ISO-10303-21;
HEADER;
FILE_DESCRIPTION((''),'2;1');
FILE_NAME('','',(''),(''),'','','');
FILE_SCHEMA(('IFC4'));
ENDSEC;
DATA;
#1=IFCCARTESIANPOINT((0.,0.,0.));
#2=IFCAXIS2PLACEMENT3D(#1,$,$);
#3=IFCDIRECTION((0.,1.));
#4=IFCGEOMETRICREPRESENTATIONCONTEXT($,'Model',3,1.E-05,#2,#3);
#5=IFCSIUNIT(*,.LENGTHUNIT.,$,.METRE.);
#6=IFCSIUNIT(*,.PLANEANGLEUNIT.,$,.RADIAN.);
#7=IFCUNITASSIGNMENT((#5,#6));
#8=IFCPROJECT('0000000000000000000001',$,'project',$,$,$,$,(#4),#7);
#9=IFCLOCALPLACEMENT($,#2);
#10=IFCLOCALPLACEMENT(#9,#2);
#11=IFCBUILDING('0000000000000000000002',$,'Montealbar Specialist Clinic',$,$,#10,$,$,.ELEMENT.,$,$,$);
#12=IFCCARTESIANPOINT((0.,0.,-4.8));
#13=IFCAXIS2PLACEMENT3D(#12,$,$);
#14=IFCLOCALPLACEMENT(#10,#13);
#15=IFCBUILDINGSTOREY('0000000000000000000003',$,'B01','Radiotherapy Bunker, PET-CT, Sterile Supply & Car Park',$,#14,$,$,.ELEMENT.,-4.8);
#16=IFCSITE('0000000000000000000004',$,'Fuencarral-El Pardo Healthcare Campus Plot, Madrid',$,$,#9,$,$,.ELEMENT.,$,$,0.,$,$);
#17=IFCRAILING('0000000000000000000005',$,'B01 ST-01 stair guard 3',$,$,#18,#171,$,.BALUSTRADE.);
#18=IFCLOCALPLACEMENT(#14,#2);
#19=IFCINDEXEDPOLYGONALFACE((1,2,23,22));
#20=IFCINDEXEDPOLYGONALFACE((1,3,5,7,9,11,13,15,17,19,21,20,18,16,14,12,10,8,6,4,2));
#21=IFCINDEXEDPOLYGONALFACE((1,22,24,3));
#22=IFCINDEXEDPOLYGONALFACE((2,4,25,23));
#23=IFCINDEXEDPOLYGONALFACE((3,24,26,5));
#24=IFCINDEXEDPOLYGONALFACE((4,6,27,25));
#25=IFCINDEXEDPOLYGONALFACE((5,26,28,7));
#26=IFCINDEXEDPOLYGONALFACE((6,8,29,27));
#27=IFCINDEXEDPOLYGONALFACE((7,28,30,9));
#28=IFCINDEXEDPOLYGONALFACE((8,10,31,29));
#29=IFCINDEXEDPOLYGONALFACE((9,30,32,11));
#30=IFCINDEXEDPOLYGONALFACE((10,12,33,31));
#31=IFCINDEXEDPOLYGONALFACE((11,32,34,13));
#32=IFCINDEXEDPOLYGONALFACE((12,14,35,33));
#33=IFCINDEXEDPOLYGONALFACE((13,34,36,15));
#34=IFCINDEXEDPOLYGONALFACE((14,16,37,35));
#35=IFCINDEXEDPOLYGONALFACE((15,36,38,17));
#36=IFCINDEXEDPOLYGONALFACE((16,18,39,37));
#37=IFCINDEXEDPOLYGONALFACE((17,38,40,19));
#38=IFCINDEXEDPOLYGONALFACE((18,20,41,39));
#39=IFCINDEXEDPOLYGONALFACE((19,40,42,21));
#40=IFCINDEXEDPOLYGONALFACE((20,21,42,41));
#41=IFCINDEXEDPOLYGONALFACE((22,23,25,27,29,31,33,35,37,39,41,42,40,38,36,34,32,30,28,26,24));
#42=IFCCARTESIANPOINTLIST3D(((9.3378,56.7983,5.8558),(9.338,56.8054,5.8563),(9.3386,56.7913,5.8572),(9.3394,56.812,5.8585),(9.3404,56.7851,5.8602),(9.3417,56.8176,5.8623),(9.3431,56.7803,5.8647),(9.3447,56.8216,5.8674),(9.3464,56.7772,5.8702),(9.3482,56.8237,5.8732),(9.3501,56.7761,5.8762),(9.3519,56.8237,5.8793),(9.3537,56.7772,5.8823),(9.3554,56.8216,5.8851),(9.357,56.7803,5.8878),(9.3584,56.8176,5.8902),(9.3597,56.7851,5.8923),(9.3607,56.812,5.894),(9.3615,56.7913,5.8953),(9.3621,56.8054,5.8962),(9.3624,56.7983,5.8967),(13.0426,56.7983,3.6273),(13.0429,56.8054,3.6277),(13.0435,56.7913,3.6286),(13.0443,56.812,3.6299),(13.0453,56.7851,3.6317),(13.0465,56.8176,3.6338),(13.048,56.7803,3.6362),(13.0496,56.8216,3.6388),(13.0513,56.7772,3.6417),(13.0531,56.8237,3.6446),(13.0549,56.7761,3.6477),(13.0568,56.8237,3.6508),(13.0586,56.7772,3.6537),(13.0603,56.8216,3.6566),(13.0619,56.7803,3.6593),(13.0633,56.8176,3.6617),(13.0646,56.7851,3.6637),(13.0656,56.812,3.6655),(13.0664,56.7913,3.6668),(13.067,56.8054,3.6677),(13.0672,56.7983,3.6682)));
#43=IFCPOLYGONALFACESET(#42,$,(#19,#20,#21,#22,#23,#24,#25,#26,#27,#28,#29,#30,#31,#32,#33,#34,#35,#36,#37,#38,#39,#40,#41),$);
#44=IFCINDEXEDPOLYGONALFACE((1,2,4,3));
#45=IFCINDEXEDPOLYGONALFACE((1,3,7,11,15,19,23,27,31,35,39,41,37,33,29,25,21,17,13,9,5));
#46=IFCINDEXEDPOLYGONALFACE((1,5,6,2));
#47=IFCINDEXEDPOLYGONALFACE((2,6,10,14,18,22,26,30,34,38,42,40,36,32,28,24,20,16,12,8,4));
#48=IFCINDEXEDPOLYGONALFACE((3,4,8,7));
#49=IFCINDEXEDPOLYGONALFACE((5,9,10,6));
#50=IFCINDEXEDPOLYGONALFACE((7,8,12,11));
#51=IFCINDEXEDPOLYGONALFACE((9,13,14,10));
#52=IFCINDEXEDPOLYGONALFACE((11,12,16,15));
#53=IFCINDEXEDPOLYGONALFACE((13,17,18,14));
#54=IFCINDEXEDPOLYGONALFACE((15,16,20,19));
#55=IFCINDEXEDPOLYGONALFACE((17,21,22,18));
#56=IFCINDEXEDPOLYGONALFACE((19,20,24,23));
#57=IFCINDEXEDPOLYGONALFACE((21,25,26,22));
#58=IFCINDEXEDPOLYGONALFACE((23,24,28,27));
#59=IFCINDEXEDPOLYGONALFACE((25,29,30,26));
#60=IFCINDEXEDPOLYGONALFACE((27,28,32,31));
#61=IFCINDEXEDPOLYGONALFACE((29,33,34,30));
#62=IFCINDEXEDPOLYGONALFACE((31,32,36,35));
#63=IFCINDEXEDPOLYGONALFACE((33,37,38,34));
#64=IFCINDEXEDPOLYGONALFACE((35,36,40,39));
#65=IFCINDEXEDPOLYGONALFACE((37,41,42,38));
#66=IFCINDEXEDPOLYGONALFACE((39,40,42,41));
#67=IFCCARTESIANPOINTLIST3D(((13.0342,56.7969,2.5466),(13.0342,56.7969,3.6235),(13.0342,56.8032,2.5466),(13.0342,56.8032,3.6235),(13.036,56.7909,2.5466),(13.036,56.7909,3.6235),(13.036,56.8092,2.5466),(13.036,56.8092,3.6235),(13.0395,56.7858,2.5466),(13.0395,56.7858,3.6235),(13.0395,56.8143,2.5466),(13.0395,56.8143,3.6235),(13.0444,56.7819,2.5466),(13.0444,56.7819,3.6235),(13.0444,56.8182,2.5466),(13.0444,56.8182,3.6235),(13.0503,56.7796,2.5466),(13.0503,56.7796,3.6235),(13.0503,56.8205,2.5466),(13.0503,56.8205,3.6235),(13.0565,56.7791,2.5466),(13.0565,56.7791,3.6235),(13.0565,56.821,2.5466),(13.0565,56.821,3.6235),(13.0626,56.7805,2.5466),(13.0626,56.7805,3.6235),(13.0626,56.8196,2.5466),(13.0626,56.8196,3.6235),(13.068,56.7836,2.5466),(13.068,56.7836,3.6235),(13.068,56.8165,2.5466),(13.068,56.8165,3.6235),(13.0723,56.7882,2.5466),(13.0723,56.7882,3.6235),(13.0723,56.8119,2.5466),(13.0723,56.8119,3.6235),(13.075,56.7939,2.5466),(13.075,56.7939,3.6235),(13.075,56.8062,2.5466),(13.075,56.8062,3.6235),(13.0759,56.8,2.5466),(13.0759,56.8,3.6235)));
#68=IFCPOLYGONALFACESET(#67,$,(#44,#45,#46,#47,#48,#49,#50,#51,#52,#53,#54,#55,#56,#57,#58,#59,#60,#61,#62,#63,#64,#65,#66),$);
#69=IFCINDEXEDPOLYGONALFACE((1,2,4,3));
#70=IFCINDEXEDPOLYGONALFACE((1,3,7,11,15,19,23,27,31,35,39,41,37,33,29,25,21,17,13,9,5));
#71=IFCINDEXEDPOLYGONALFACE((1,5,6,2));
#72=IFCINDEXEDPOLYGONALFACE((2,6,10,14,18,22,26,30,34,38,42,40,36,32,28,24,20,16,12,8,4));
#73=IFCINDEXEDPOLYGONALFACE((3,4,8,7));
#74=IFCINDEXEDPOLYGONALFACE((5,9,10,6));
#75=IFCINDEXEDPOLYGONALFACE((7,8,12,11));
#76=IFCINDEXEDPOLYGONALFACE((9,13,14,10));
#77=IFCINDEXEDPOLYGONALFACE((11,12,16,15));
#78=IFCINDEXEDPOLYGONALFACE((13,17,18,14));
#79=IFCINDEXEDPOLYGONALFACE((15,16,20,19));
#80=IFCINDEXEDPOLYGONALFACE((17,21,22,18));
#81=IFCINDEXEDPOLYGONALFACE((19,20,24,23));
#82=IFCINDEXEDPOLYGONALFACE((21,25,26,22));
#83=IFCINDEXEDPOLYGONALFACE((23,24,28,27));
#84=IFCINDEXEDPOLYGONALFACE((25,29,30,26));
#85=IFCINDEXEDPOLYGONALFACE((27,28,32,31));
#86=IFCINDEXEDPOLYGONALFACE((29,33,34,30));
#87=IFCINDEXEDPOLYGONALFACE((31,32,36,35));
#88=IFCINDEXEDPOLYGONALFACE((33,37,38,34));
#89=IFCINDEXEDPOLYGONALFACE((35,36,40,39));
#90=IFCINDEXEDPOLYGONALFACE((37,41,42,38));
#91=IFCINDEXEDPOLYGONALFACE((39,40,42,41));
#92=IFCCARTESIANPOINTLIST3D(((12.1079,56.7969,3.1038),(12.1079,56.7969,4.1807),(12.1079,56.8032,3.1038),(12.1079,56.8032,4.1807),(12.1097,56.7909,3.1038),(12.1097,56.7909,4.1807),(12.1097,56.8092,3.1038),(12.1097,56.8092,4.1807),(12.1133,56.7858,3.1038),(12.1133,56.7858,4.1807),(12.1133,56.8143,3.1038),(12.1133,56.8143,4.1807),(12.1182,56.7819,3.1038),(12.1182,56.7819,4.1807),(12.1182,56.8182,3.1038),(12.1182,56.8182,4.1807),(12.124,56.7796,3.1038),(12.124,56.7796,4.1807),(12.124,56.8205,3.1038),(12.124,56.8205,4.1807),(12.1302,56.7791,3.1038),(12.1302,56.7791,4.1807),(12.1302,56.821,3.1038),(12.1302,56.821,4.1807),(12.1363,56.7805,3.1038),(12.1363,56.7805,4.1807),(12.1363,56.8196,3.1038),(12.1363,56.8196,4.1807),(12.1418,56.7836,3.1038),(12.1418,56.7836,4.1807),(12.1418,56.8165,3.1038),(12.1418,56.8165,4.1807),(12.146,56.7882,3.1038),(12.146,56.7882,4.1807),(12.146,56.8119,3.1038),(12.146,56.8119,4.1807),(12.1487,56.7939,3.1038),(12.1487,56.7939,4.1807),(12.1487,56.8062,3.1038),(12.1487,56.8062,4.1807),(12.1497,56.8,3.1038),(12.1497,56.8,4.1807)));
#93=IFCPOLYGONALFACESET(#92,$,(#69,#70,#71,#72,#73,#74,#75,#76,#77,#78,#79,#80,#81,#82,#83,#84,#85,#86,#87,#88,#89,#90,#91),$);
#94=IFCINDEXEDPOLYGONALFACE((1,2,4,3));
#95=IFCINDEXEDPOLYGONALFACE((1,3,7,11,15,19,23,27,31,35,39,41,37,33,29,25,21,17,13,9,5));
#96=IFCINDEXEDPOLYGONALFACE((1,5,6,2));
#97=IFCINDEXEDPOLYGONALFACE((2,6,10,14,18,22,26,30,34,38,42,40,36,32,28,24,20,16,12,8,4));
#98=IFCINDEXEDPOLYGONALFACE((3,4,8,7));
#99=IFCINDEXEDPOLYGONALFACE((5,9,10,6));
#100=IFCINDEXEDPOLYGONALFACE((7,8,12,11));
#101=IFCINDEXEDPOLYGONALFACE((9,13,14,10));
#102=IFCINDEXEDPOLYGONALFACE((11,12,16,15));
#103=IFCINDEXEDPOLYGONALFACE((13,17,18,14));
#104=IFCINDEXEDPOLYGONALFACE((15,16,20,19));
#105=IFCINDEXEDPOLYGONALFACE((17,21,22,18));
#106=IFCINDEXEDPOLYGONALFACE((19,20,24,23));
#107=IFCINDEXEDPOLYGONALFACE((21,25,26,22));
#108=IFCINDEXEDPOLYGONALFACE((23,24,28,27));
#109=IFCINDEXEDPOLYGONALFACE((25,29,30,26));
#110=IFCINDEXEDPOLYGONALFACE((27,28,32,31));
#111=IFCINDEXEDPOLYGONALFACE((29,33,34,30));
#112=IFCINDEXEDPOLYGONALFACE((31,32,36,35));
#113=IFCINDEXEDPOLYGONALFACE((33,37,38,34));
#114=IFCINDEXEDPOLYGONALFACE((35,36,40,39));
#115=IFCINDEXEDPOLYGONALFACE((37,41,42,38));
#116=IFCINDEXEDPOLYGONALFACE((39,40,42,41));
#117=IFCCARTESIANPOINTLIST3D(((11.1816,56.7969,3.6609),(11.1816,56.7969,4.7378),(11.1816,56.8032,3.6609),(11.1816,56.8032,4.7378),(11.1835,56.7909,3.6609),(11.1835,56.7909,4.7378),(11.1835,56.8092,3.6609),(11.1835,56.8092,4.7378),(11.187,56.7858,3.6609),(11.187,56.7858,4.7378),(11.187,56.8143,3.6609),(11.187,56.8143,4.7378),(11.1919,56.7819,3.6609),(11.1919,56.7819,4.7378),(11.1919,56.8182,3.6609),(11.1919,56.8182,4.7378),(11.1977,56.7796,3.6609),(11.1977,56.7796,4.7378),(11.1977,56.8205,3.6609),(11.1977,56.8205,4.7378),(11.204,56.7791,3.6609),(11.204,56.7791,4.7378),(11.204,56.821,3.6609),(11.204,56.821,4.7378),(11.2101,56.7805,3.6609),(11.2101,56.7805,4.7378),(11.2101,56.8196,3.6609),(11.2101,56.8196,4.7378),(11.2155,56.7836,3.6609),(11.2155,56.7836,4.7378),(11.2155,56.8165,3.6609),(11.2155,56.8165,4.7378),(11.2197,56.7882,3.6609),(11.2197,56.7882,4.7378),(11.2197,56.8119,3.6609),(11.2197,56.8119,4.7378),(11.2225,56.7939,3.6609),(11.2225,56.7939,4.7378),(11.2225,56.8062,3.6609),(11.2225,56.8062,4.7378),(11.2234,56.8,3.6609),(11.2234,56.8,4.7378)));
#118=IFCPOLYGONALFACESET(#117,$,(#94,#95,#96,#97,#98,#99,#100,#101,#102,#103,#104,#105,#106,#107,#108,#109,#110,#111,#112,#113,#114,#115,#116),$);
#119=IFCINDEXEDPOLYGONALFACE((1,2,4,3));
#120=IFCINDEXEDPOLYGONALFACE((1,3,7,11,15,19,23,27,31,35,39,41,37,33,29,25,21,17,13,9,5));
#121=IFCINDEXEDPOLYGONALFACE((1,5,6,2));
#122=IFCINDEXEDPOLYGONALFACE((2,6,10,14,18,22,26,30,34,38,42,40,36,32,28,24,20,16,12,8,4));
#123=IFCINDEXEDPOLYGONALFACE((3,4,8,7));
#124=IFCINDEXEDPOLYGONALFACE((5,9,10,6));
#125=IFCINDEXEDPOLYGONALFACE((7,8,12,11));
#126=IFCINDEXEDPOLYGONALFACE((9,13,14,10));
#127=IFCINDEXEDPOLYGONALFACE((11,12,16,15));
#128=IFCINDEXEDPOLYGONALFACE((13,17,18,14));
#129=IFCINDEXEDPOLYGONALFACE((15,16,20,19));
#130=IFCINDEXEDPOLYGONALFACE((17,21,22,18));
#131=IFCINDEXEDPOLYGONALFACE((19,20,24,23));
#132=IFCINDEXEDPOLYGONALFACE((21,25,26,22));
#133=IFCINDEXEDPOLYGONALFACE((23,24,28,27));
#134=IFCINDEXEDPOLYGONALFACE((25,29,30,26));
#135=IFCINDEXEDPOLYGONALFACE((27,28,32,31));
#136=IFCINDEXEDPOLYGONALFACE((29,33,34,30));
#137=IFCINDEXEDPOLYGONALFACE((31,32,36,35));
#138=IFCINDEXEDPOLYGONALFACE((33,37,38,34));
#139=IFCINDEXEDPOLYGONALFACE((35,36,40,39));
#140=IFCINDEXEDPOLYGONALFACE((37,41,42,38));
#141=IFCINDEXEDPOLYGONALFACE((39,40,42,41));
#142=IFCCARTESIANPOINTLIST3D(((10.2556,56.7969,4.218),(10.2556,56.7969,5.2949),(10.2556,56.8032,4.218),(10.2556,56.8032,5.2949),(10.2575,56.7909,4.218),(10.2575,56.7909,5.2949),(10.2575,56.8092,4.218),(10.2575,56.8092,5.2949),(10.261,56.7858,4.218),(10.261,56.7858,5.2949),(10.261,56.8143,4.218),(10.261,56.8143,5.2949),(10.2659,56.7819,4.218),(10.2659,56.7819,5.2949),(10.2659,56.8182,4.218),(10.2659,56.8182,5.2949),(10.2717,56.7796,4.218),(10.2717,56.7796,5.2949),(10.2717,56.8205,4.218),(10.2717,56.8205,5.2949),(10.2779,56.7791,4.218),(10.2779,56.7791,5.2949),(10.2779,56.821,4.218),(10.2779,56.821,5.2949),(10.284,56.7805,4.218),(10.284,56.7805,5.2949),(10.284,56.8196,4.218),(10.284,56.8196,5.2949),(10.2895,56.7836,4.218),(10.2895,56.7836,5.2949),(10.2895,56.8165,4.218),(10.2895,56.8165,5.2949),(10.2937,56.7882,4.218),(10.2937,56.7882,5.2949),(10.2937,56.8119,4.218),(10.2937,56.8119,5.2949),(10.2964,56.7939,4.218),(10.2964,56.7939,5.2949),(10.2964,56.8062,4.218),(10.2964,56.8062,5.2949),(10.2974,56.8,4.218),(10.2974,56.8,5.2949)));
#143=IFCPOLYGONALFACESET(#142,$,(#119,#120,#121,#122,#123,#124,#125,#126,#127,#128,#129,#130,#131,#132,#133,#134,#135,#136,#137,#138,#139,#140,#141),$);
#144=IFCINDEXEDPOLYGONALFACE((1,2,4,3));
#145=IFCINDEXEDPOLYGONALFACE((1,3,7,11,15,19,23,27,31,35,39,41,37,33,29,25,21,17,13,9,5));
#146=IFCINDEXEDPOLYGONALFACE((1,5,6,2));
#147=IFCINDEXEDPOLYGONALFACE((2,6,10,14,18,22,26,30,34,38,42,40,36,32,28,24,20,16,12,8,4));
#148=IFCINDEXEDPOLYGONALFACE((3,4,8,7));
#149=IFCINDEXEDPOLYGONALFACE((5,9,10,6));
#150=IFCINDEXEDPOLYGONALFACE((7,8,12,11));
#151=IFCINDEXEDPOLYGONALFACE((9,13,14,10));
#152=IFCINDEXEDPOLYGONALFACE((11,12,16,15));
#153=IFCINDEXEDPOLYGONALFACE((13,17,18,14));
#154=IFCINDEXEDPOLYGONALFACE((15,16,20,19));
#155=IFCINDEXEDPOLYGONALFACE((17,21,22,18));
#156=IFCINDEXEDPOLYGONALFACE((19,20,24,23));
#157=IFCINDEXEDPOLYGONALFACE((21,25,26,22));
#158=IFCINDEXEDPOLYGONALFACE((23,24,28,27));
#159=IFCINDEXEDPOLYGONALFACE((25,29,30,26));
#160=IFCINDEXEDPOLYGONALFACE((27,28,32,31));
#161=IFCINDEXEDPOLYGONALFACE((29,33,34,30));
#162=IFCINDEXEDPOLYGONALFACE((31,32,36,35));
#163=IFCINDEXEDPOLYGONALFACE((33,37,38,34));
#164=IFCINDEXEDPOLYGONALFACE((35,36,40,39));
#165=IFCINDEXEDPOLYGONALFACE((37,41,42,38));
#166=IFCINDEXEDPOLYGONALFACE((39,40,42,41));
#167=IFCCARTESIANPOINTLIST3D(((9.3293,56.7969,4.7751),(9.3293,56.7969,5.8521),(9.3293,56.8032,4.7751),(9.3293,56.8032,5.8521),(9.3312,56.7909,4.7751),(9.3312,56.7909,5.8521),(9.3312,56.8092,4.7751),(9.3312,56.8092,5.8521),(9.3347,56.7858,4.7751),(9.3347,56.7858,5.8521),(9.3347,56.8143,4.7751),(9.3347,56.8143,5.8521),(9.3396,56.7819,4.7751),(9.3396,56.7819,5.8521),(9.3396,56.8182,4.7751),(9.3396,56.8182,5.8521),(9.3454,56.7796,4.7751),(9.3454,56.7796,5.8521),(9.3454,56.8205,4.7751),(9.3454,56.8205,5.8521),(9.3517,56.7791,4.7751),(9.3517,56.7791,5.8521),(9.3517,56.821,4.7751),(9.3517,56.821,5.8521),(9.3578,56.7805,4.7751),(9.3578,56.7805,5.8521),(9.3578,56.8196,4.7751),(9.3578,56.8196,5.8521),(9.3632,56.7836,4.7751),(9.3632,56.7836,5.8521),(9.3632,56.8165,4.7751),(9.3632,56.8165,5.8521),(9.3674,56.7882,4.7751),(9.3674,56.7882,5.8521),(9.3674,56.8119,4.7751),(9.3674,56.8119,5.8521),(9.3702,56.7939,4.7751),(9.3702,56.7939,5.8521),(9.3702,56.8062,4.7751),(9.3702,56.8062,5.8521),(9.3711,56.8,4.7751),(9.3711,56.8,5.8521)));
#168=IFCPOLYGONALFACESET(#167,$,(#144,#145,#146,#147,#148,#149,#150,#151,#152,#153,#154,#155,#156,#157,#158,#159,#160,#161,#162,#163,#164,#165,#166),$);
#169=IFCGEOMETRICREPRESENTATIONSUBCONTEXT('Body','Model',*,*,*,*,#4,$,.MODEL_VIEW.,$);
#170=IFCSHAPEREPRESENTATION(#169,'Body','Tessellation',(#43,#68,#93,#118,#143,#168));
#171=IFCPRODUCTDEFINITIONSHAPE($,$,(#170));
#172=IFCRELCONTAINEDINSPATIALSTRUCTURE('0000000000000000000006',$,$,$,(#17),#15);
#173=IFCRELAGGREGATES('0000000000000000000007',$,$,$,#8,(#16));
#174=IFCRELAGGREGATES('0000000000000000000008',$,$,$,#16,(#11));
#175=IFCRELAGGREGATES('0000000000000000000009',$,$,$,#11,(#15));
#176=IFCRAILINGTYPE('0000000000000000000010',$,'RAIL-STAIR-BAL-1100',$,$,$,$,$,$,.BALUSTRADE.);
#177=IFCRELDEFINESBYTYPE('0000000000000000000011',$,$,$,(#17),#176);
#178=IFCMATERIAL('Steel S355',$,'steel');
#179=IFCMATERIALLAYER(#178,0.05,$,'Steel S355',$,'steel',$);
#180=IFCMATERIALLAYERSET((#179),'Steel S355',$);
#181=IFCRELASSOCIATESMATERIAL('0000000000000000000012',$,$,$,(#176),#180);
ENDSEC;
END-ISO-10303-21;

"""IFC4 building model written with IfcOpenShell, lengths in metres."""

from ifc_helpers import new_model, si_unit, direction, frame, origin, origin_2d, place, context, subcontext, project, spatial, circle, extrude, material, layer, layer_set, type_object, element, save


model = new_model("IFC4")

# Units and contexts
model_context = context("Model", 3, precision=1e-05, world=origin(), true_north=direction((0.0, 1.0)))
body_context = subcontext(model_context, "Body", "Model", "MODEL_VIEW")
ifc_project = project(units=[si_unit("LENGTHUNIT", "METRE"), si_unit("PLANEANGLEUNIT", "RADIAN")], contexts=[model_context])

# Site, building, storey
site_placement = place(None, origin())
site = spatial("IfcSite", under=ifc_project, at=site_placement, Name="Fuencarral-El Pardo Healthcare Campus Plot, Madrid", CompositionType="ELEMENT", RefElevation=0.0)
building_placement = place(site_placement, origin())
building = spatial("IfcBuilding", under=site, at=building_placement, Name="Montealbar Specialist Clinic", CompositionType="ELEMENT")
storey_placement = place(building_placement, frame((0.0, 0.0, -4.8)))
storey = spatial("IfcBuildingStorey", under=building, at=storey_placement, Name="B01", Description="Radiotherapy Bunker, PET-CT, Sterile Supply & Car Park", CompositionType="ELEMENT", Elevation=-4.8)

# Shared definitions
ifc_material_1 = material(Name="Steel S355", Category="steel")

# Railing
ifc_layer_1 = layer(ifc_material_1, 0.05, Name="Steel S355", Category="steel")
ifc_layer_set_1 = layer_set([ifc_layer_1], Name="Steel S355")
railing_type_1 = type_object("IfcRailingType", Name="RAIL-STAIR-BAL-1100", PredefinedType="BALUSTRADE", material=ifc_layer_set_1)
railing_1_placement = place(storey_placement, frame((13.0549, 56.8, 2.5715)))
element("IfcRailing", 1, at=railing_1_placement, inside=storey, type_object=railing_type_1, Name="B01 ST-01 stair guard 3", PredefinedType="BALUSTRADE", context=body_context, shape_type="SweptSolid", body=[
    extrude(circle(Radius=0.0239, at=origin_2d()), frame((0.0, 0.0, 1.0762), z_axis=(-0.856919, 0.0, 0.51545), x_axis=(0.0, -1.0, 0.0)), (0.0, 0.0, 1.0), 4.3235),
    extrude(circle(Radius=0.021, at=origin_2d()), frame((0.0, 0.0, -0.0249)), (0.0, 0.0, 1.0), 1.0769),
    extrude(circle(Radius=0.021, at=origin_2d()), frame((-0.9263, 0.0, 0.5322)), (0.0, 0.0, 1.0), 1.0769),
    extrude(circle(Radius=0.021, at=origin_2d()), frame((-1.8525, 0.0, 1.0894)), (0.0, 0.0, 1.0), 1.0769),
    extrude(circle(Radius=0.021, at=origin_2d()), frame((-2.7786, 0.0, 1.6465)), (0.0, 0.0, 1.0), 1.0769),
    extrude(circle(Radius=0.021, at=origin_2d()), frame((-3.7048, 0.0, 2.2036)), (0.0, 0.0, 1.0), 1.0769),
])

save(model, "model.ifc")
